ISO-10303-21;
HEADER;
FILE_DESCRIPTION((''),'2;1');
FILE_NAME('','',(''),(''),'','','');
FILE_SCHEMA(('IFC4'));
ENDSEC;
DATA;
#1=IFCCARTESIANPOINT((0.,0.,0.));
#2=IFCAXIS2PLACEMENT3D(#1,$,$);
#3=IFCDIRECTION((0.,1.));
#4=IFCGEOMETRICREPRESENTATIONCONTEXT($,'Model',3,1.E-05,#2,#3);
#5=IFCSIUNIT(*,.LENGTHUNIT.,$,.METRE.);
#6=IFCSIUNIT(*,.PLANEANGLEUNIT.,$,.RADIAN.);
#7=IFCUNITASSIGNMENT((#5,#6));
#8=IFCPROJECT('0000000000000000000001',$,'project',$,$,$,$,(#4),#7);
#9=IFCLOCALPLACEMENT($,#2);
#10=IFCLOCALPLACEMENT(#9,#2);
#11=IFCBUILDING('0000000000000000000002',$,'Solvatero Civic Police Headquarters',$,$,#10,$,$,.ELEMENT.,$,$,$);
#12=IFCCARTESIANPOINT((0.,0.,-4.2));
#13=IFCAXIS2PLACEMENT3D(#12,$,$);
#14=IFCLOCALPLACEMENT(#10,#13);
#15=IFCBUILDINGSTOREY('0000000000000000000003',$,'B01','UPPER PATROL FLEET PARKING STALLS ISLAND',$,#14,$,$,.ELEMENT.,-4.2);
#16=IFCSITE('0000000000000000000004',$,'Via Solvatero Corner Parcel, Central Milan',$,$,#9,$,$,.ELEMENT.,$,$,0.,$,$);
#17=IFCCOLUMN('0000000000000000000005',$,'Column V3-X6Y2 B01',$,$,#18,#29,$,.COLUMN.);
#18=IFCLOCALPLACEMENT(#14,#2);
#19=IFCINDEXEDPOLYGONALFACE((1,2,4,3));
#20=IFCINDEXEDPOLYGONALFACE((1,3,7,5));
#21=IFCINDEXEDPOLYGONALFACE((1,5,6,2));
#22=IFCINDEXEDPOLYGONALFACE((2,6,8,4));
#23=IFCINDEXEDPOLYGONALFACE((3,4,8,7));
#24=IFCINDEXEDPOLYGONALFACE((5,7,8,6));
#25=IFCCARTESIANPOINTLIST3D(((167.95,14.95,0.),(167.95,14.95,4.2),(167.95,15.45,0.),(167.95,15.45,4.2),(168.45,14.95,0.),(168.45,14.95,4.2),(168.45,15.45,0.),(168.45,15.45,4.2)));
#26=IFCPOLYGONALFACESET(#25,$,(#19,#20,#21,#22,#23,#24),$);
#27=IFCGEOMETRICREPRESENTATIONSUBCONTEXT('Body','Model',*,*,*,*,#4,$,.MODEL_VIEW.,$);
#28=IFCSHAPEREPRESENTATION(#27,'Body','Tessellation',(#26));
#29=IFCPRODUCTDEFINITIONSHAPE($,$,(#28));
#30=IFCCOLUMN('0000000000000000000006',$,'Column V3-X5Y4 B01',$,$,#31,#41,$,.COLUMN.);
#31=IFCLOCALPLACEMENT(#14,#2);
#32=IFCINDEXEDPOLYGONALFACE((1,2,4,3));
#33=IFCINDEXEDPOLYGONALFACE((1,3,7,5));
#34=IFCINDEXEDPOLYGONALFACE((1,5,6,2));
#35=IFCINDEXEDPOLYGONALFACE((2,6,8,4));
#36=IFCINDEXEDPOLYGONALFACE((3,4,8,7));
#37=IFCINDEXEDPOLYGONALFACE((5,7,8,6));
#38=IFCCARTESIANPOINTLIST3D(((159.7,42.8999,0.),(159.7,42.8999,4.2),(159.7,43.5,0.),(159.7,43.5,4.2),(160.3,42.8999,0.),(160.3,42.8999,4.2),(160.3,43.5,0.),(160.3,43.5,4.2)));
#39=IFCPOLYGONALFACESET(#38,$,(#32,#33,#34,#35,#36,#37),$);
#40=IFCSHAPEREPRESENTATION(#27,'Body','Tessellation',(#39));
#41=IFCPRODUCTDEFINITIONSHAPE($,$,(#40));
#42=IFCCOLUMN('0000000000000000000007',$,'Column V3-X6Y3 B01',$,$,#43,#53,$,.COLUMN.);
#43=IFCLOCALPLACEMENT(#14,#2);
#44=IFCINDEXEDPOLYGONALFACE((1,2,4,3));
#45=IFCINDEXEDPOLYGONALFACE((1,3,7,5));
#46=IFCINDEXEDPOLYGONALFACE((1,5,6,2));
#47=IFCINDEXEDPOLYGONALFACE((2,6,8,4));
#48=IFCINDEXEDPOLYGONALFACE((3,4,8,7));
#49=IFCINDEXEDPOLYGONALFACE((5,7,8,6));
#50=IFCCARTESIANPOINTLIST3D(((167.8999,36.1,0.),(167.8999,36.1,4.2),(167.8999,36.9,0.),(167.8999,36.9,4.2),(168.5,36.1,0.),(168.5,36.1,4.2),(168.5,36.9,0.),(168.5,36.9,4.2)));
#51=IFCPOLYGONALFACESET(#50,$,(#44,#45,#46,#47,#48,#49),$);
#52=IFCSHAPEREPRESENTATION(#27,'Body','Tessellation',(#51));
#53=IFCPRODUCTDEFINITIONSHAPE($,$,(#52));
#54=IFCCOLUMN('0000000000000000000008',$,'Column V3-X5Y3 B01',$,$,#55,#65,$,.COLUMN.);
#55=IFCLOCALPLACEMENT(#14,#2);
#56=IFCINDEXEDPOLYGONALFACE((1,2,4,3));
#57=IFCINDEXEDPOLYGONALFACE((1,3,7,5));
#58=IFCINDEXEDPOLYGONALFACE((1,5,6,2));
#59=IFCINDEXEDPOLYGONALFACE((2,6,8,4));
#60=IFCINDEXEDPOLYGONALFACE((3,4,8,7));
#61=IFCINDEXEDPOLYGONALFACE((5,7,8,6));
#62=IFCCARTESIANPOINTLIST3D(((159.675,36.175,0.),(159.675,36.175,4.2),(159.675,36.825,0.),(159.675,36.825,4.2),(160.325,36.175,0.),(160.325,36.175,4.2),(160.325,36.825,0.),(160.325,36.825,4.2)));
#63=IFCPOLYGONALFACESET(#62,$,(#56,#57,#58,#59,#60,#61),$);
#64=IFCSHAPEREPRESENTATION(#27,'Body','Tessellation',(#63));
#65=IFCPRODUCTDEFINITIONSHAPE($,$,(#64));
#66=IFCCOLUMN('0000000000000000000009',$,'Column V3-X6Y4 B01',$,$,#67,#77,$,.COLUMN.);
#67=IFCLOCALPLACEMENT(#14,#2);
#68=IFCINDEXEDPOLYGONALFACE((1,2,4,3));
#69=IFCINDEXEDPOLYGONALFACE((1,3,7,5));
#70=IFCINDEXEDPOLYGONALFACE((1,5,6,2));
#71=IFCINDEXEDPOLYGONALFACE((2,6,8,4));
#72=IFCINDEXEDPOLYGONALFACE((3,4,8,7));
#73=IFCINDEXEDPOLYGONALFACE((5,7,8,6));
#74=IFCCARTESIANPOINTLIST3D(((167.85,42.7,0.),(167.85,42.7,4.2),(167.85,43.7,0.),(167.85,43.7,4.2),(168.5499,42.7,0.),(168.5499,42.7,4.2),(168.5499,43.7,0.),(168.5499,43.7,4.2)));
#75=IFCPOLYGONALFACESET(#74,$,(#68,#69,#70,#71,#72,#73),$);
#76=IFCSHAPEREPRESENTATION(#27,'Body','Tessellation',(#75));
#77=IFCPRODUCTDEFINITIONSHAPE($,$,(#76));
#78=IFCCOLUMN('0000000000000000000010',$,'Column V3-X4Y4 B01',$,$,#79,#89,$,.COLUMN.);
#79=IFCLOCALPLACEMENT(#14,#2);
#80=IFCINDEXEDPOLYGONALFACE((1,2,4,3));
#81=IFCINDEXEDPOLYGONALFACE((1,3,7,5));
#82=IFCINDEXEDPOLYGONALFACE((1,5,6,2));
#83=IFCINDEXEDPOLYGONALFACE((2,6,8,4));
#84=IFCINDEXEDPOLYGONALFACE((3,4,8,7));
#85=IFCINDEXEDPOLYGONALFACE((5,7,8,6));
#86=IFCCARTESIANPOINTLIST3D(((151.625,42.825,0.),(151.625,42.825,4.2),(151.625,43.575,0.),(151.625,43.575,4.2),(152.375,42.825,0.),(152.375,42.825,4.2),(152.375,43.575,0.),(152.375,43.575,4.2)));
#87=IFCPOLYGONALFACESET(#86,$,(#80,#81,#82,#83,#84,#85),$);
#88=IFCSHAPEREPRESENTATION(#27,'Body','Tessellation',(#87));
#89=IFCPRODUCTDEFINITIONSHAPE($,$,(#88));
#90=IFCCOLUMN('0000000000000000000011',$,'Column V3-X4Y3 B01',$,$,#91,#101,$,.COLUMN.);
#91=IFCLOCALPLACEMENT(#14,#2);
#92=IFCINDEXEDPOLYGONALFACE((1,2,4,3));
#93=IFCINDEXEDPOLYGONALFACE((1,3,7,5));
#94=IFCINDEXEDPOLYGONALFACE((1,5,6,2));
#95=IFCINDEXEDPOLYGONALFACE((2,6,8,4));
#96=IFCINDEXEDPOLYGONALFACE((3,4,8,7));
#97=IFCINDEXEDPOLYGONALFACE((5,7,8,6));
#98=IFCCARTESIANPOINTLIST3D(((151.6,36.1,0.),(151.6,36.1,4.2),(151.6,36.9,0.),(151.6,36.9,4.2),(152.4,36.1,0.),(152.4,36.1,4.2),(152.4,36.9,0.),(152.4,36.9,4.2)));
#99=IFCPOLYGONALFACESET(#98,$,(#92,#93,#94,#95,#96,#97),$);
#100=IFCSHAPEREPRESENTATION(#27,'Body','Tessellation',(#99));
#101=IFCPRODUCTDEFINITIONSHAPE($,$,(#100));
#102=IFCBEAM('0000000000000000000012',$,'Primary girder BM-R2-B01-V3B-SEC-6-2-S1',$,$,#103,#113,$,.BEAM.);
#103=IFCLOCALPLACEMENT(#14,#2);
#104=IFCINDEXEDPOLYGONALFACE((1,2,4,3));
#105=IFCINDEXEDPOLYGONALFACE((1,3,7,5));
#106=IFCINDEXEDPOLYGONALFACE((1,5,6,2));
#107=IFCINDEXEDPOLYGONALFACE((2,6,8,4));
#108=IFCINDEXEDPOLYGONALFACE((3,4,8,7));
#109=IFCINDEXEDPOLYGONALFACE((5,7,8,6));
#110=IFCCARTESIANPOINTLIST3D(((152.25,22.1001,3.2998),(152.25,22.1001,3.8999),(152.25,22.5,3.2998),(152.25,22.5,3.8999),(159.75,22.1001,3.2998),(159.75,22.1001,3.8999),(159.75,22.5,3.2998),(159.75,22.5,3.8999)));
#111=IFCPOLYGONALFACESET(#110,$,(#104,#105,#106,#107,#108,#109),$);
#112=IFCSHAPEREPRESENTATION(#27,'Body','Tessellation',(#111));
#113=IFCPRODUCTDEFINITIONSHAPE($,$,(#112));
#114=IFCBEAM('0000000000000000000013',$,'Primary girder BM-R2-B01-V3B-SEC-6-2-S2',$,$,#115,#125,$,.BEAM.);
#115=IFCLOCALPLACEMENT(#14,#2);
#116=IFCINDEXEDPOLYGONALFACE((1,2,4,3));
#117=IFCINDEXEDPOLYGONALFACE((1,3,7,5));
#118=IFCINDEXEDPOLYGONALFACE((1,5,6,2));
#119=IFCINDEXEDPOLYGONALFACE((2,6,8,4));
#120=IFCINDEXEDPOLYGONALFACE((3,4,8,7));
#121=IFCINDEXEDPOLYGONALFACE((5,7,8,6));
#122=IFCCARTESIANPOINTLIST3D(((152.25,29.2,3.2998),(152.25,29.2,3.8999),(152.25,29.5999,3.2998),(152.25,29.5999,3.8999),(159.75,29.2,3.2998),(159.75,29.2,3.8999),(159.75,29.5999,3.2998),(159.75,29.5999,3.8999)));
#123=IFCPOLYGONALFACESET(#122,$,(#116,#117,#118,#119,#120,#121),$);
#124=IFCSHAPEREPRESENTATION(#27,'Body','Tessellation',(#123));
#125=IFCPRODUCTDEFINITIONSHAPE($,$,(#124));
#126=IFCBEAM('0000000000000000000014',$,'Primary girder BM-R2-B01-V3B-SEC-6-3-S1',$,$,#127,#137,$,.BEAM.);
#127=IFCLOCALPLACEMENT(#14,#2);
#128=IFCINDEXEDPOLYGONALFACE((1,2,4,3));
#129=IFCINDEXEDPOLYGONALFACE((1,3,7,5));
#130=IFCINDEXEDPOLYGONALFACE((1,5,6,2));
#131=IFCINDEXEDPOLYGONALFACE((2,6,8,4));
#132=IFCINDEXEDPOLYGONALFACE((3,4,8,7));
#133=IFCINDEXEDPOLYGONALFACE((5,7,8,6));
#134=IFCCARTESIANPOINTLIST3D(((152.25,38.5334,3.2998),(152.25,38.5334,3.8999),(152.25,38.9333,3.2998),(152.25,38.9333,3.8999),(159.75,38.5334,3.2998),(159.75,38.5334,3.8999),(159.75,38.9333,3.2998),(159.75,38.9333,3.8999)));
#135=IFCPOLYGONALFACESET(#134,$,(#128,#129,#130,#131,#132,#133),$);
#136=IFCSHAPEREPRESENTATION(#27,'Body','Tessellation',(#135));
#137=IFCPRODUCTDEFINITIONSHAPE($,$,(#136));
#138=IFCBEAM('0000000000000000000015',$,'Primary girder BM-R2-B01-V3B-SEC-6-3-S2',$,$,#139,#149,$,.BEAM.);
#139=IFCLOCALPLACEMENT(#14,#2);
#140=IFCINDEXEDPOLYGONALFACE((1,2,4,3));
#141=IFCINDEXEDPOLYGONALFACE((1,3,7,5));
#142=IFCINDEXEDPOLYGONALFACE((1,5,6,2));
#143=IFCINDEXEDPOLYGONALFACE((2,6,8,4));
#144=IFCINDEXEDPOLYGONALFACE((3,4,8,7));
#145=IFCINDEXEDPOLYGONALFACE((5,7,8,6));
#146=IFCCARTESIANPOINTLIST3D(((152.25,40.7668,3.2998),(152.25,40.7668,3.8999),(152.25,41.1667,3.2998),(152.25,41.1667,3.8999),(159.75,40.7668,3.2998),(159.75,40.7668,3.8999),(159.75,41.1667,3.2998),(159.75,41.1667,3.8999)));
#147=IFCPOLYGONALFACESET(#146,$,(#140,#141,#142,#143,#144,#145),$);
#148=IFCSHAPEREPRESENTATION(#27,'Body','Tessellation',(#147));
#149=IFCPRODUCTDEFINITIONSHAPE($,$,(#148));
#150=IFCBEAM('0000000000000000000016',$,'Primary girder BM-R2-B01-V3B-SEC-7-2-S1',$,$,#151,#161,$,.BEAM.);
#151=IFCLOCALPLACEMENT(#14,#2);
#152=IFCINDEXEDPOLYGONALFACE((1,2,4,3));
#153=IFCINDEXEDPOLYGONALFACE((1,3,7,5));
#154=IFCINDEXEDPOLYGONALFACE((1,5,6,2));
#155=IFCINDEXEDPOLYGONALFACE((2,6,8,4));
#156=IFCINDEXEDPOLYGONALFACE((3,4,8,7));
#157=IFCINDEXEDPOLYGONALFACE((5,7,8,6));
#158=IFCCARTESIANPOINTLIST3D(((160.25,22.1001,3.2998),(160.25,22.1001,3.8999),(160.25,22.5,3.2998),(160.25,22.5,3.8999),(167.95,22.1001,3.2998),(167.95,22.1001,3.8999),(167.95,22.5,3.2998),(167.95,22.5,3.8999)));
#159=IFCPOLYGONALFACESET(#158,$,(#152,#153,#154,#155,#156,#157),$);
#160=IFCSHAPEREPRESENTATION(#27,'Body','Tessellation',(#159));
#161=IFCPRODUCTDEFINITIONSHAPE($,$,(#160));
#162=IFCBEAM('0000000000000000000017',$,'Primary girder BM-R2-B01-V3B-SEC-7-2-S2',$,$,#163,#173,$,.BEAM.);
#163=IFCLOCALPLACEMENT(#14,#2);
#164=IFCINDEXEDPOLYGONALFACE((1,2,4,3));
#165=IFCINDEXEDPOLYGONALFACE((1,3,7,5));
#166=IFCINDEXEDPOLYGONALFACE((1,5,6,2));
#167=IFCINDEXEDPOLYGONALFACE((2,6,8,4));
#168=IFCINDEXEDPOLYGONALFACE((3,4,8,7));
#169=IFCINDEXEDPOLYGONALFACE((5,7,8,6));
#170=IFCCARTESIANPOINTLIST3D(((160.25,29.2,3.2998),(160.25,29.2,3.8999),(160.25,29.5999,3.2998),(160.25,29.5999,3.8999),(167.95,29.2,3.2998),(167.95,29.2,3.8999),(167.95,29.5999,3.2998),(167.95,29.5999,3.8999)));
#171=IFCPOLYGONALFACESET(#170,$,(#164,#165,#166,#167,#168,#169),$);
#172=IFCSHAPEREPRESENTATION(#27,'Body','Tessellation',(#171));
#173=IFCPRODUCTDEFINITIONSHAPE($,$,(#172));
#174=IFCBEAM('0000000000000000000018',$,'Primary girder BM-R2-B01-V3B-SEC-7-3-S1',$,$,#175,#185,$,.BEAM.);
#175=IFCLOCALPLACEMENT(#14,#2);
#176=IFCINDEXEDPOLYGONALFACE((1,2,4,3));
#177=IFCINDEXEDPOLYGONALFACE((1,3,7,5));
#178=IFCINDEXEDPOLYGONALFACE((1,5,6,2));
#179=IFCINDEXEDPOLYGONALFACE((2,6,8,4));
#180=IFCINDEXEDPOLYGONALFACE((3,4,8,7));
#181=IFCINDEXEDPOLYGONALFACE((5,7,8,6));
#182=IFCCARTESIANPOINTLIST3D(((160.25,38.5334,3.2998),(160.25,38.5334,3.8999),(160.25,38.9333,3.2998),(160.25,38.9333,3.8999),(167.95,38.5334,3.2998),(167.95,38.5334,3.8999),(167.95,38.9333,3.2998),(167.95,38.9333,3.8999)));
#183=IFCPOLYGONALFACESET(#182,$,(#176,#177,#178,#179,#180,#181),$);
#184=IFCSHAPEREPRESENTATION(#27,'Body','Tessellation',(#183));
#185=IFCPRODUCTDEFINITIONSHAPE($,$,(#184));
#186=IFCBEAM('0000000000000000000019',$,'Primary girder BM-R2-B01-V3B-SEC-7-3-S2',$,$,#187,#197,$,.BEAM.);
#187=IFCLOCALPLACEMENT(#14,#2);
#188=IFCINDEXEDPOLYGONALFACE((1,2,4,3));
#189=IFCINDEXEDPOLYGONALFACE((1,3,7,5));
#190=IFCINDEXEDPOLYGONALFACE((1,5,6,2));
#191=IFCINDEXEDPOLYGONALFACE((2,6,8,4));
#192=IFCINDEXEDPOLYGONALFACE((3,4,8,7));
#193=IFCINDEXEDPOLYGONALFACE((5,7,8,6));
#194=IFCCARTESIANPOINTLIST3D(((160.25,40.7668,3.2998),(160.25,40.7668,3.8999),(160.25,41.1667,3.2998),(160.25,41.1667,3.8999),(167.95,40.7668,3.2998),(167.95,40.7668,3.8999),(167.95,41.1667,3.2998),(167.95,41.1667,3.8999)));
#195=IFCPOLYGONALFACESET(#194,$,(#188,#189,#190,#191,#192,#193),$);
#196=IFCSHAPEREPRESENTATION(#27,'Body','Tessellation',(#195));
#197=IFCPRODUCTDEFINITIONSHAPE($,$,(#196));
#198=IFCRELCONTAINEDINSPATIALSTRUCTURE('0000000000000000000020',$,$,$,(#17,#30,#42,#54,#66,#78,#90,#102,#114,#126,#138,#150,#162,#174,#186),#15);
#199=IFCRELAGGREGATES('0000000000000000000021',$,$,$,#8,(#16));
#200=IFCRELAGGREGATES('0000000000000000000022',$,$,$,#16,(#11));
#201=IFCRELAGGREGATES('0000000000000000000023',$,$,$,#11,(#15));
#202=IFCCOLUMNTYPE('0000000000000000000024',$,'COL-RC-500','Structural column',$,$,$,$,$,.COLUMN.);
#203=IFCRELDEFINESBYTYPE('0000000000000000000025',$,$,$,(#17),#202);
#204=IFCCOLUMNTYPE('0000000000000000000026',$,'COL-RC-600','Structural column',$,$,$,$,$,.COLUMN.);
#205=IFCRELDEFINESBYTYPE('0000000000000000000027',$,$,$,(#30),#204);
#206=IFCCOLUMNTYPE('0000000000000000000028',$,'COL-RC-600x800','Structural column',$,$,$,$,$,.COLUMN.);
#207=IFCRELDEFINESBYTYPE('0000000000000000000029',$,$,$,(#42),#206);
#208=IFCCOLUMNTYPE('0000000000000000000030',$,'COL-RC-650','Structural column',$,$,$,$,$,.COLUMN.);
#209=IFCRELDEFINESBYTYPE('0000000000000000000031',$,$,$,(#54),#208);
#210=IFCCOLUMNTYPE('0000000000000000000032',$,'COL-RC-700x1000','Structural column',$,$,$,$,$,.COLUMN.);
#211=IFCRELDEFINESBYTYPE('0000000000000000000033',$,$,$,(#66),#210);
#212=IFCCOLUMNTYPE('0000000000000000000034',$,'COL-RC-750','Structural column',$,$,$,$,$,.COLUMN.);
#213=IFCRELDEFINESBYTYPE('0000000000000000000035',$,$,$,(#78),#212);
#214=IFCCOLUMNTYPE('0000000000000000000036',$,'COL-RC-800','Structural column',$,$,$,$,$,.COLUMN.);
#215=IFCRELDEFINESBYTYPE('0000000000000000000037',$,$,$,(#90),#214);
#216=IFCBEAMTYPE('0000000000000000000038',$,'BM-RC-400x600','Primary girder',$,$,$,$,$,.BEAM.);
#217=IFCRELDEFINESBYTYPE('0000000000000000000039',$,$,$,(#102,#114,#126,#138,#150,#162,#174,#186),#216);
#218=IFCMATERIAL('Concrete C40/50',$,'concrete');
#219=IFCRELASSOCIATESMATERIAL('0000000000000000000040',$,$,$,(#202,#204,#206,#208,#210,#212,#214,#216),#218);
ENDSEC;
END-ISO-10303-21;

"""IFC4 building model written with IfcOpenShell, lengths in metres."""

from ifc_helpers import new_model, si_unit, direction, frame, origin, origin_2d, place, context, subcontext, project, spatial, rectangle, extrude, material, material_profile, profile_set, type_object, element, save


model = new_model("IFC4")

# Units and contexts
model_context = context("Model", 3, precision=1e-05, world=origin(), true_north=direction((0.0, 1.0)))
body_context = subcontext(model_context, "Body", "Model", "MODEL_VIEW")
ifc_project = project(units=[si_unit("LENGTHUNIT", "METRE"), si_unit("PLANEANGLEUNIT", "RADIAN")], contexts=[model_context])

# Site, building, storey
site_placement = place(None, origin())
site = spatial("IfcSite", under=ifc_project, at=site_placement, Name="Via Solvatero Corner Parcel, Central Milan", CompositionType="ELEMENT", RefElevation=0.0)
building_placement = place(site_placement, origin())
building = spatial("IfcBuilding", under=site, at=building_placement, Name="Solvatero Civic Police Headquarters", CompositionType="ELEMENT")
storey_placement = place(building_placement, frame((0.0, 0.0, -4.2)))
storey = spatial("IfcBuildingStorey", under=building, at=storey_placement, Name="B01", Description="UPPER PATROL FLEET PARKING STALLS ISLAND", CompositionType="ELEMENT", Elevation=-4.2)

# Columns
ifc_material_1 = material(Name="Concrete C40/50", Category="concrete")
ifc_material_profile_1 = material_profile(ifc_material_1, rectangle(XDim=0.5, YDim=0.5, at=origin_2d()), Name="RC 500x500")
ifc_profile_set_1 = profile_set([ifc_material_profile_1], Name="Concrete C40/50")
column_type_1 = type_object("IfcColumnType", Name="COL-RC-500", Description="Structural column", PredefinedType="COLUMN", material=ifc_profile_set_1)
column_1_placement = place(storey_placement, frame((168.2, 15.2, 0.0), z_axis=(0.0, 0.0, 1.0), x_axis=(1.0, 0.0, 0.0)))
element("IfcColumn", 1, at=column_1_placement, inside=storey, type_object=column_type_1, Name="Column V3-X6Y2 B01", PredefinedType="COLUMN", context=body_context, shape_type="SweptSolid", body=[
    extrude(rectangle(XDim=0.5, YDim=0.5, at=origin_2d()), origin(), (0.0, 0.0, 1.0), 4.2),
])
ifc_material_profile_2 = material_profile(ifc_material_1, rectangle(XDim=0.6001, YDim=0.6001, at=origin_2d()), Name="RC 600x600")
ifc_profile_set_2 = profile_set([ifc_material_profile_2], Name="Concrete C40/50")
column_type_2 = type_object("IfcColumnType", Name="COL-RC-600", Description="Structural column", PredefinedType="COLUMN", material=ifc_profile_set_2)
column_2_placement = place(storey_placement, frame((160.0, 43.2, 0.0), z_axis=(0.0, 0.0, 1.0), x_axis=(1.0, 0.0, 0.0)))
element("IfcColumn", 2, at=column_2_placement, inside=storey, type_object=column_type_2, Name="Column V3-X5Y4 B01", PredefinedType="COLUMN", context=body_context, shape_type="SweptSolid", body=[
    extrude(rectangle(XDim=0.6001, YDim=0.6001, at=origin_2d()), origin(), (0.0, 0.0, 1.0), 4.2),
])
ifc_material_profile_3 = material_profile(ifc_material_1, rectangle(XDim=0.6001, YDim=0.8, at=origin_2d()), Name="RC 600x800")
ifc_profile_set_3 = profile_set([ifc_material_profile_3], Name="Concrete C40/50")
column_type_3 = type_object("IfcColumnType", Name="COL-RC-600x800", Description="Structural column", PredefinedType="COLUMN", material=ifc_profile_set_3)
column_3_placement = place(storey_placement, frame((168.2, 36.5, 0.0), z_axis=(0.0, 0.0, 1.0), x_axis=(1.0, 0.0, 0.0)))
element("IfcColumn", 3, at=column_3_placement, inside=storey, type_object=column_type_3, Name="Column V3-X6Y3 B01", PredefinedType="COLUMN", context=body_context, shape_type="SweptSolid", body=[
    extrude(rectangle(XDim=0.6001, YDim=0.8, at=origin_2d()), origin(), (0.0, 0.0, 1.0), 4.2),
])
ifc_material_profile_4 = material_profile(ifc_material_1, rectangle(XDim=0.6499, YDim=0.6499, at=origin_2d()), Name="RC 650x650")
ifc_profile_set_4 = profile_set([ifc_material_profile_4], Name="Concrete C40/50")
column_type_4 = type_object("IfcColumnType", Name="COL-RC-650", Description="Structural column", PredefinedType="COLUMN", material=ifc_profile_set_4)
column_4_placement = place(storey_placement, frame((160.0, 36.5, 0.0), z_axis=(0.0, 0.0, 1.0), x_axis=(1.0, 0.0, 0.0)))
element("IfcColumn", 4, at=column_4_placement, inside=storey, type_object=column_type_4, Name="Column V3-X5Y3 B01", PredefinedType="COLUMN", context=body_context, shape_type="SweptSolid", body=[
    extrude(rectangle(XDim=0.6499, YDim=0.6499, at=origin_2d()), origin(), (0.0, 0.0, 1.0), 4.2),
])
ifc_material_profile_5 = material_profile(ifc_material_1, rectangle(XDim=0.7, YDim=1.0, at=origin_2d()), Name="RC 700x1000")
ifc_profile_set_5 = profile_set([ifc_material_profile_5], Name="Concrete C40/50")
column_type_5 = type_object("IfcColumnType", Name="COL-RC-700x1000", Description="Structural column", PredefinedType="COLUMN", material=ifc_profile_set_5)
column_5_placement = place(storey_placement, frame((168.2, 43.2, 0.0), z_axis=(0.0, 0.0, 1.0), x_axis=(1.0, 0.0, 0.0)))
element("IfcColumn", 5, at=column_5_placement, inside=storey, type_object=column_type_5, Name="Column V3-X6Y4 B01", PredefinedType="COLUMN", context=body_context, shape_type="SweptSolid", body=[
    extrude(rectangle(XDim=0.7, YDim=1.0, at=origin_2d()), origin(), (0.0, 0.0, 1.0), 4.2),
])
ifc_material_profile_6 = material_profile(ifc_material_1, rectangle(XDim=0.75, YDim=0.75, at=origin_2d()), Name="RC 750x750")
ifc_profile_set_6 = profile_set([ifc_material_profile_6], Name="Concrete C40/50")
column_type_6 = type_object("IfcColumnType", Name="COL-RC-750", Description="Structural column", PredefinedType="COLUMN", material=ifc_profile_set_6)
column_6_placement = place(storey_placement, frame((152.0, 43.2, 0.0), z_axis=(0.0, 0.0, 1.0), x_axis=(1.0, 0.0, 0.0)))
element("IfcColumn", 6, at=column_6_placement, inside=storey, type_object=column_type_6, Name="Column V3-X4Y4 B01", PredefinedType="COLUMN", context=body_context, shape_type="SweptSolid", body=[
    extrude(rectangle(XDim=0.75, YDim=0.75, at=origin_2d()), origin(), (0.0, 0.0, 1.0), 4.2),
])
ifc_material_profile_7 = material_profile(ifc_material_1, rectangle(XDim=0.8, YDim=0.8, at=origin_2d()), Name="RC 800x800")
ifc_profile_set_7 = profile_set([ifc_material_profile_7], Name="Concrete C40/50")
column_type_7 = type_object("IfcColumnType", Name="COL-RC-800", Description="Structural column", PredefinedType="COLUMN", material=ifc_profile_set_7)
column_7_placement = place(storey_placement, frame((152.0, 36.5, 0.0), z_axis=(0.0, 0.0, 1.0), x_axis=(1.0, 0.0, 0.0)))
element("IfcColumn", 7, at=column_7_placement, inside=storey, type_object=column_type_7, Name="Column V3-X4Y3 B01", PredefinedType="COLUMN", context=body_context, shape_type="SweptSolid", body=[
    extrude(rectangle(XDim=0.8, YDim=0.8, at=origin_2d()), origin(), (0.0, 0.0, 1.0), 4.2),
])

# Beams
ifc_material_profile_8 = material_profile(ifc_material_1, rectangle(XDim=0.3999, YDim=0.6001, at=origin_2d()), Name="RC 400x600")
ifc_profile_set_8 = profile_set([ifc_material_profile_8], Name="Concrete C40/50")
beam_type_1 = type_object("IfcBeamType", Name="BM-RC-400x600", Description="Primary girder", PredefinedType="BEAM", material=ifc_profile_set_8)
for number, where, z_axis, x_axis, name in (
    (8, (152.25, 22.3, 3.5999), (1.0, 0.0, 0.0), (0.0, 1.0, 0.0), "Primary girder BM-R2-B01-V3B-SEC-6-2-S1"),
    (9, (152.25, 29.3999, 3.5999), (1.0, 0.0, 0.0), (0.0, 1.0, 0.0), "Primary girder BM-R2-B01-V3B-SEC-6-2-S2"),
    (10, (152.25, 38.7334, 3.5999), (1.0, 0.0, 0.0), (0.0, 1.0, 0.0), "Primary girder BM-R2-B01-V3B-SEC-6-3-S1"),
    (11, (152.25, 40.9668, 3.5999), (1.0, 0.0, 0.0), (0.0, 1.0, 0.0), "Primary girder BM-R2-B01-V3B-SEC-6-3-S2"),
):
    element("IfcBeam", number, at=place(storey_placement, frame(where, z_axis=z_axis, x_axis=x_axis)), inside=storey, type_object=beam_type_1, Name=name, PredefinedType="BEAM", context=body_context, shape_type="SweptSolid", body=[
        extrude(rectangle(XDim=0.3999, YDim=0.6001, at=origin_2d()), origin(), (0.0, 0.0, 1.0), 7.5),
    ])
for number, where, z_axis, x_axis, name in (
    (12, (160.25, 22.3, 3.5999), (1.0, 0.0, 0.0), (0.0, 1.0, 0.0), "Primary girder BM-R2-B01-V3B-SEC-7-2-S1"),
    (13, (160.25, 29.3999, 3.5999), (1.0, 0.0, 0.0), (0.0, 1.0, 0.0), "Primary girder BM-R2-B01-V3B-SEC-7-2-S2"),
    (14, (160.25, 38.7334, 3.5999), (1.0, 0.0, 0.0), (0.0, 1.0, 0.0), "Primary girder BM-R2-B01-V3B-SEC-7-3-S1"),
    (15, (160.25, 40.9668, 3.5999), (1.0, 0.0, 0.0), (0.0, 1.0, 0.0), "Primary girder BM-R2-B01-V3B-SEC-7-3-S2"),
):
    element("IfcBeam", number, at=place(storey_placement, frame(where, z_axis=z_axis, x_axis=x_axis)), inside=storey, type_object=beam_type_1, Name=name, PredefinedType="BEAM", context=body_context, shape_type="SweptSolid", body=[
        extrude(rectangle(XDim=0.3999, YDim=0.6001, at=origin_2d()), origin(), (0.0, 0.0, 1.0), 7.7),
    ])

save(model, "model.ifc")
